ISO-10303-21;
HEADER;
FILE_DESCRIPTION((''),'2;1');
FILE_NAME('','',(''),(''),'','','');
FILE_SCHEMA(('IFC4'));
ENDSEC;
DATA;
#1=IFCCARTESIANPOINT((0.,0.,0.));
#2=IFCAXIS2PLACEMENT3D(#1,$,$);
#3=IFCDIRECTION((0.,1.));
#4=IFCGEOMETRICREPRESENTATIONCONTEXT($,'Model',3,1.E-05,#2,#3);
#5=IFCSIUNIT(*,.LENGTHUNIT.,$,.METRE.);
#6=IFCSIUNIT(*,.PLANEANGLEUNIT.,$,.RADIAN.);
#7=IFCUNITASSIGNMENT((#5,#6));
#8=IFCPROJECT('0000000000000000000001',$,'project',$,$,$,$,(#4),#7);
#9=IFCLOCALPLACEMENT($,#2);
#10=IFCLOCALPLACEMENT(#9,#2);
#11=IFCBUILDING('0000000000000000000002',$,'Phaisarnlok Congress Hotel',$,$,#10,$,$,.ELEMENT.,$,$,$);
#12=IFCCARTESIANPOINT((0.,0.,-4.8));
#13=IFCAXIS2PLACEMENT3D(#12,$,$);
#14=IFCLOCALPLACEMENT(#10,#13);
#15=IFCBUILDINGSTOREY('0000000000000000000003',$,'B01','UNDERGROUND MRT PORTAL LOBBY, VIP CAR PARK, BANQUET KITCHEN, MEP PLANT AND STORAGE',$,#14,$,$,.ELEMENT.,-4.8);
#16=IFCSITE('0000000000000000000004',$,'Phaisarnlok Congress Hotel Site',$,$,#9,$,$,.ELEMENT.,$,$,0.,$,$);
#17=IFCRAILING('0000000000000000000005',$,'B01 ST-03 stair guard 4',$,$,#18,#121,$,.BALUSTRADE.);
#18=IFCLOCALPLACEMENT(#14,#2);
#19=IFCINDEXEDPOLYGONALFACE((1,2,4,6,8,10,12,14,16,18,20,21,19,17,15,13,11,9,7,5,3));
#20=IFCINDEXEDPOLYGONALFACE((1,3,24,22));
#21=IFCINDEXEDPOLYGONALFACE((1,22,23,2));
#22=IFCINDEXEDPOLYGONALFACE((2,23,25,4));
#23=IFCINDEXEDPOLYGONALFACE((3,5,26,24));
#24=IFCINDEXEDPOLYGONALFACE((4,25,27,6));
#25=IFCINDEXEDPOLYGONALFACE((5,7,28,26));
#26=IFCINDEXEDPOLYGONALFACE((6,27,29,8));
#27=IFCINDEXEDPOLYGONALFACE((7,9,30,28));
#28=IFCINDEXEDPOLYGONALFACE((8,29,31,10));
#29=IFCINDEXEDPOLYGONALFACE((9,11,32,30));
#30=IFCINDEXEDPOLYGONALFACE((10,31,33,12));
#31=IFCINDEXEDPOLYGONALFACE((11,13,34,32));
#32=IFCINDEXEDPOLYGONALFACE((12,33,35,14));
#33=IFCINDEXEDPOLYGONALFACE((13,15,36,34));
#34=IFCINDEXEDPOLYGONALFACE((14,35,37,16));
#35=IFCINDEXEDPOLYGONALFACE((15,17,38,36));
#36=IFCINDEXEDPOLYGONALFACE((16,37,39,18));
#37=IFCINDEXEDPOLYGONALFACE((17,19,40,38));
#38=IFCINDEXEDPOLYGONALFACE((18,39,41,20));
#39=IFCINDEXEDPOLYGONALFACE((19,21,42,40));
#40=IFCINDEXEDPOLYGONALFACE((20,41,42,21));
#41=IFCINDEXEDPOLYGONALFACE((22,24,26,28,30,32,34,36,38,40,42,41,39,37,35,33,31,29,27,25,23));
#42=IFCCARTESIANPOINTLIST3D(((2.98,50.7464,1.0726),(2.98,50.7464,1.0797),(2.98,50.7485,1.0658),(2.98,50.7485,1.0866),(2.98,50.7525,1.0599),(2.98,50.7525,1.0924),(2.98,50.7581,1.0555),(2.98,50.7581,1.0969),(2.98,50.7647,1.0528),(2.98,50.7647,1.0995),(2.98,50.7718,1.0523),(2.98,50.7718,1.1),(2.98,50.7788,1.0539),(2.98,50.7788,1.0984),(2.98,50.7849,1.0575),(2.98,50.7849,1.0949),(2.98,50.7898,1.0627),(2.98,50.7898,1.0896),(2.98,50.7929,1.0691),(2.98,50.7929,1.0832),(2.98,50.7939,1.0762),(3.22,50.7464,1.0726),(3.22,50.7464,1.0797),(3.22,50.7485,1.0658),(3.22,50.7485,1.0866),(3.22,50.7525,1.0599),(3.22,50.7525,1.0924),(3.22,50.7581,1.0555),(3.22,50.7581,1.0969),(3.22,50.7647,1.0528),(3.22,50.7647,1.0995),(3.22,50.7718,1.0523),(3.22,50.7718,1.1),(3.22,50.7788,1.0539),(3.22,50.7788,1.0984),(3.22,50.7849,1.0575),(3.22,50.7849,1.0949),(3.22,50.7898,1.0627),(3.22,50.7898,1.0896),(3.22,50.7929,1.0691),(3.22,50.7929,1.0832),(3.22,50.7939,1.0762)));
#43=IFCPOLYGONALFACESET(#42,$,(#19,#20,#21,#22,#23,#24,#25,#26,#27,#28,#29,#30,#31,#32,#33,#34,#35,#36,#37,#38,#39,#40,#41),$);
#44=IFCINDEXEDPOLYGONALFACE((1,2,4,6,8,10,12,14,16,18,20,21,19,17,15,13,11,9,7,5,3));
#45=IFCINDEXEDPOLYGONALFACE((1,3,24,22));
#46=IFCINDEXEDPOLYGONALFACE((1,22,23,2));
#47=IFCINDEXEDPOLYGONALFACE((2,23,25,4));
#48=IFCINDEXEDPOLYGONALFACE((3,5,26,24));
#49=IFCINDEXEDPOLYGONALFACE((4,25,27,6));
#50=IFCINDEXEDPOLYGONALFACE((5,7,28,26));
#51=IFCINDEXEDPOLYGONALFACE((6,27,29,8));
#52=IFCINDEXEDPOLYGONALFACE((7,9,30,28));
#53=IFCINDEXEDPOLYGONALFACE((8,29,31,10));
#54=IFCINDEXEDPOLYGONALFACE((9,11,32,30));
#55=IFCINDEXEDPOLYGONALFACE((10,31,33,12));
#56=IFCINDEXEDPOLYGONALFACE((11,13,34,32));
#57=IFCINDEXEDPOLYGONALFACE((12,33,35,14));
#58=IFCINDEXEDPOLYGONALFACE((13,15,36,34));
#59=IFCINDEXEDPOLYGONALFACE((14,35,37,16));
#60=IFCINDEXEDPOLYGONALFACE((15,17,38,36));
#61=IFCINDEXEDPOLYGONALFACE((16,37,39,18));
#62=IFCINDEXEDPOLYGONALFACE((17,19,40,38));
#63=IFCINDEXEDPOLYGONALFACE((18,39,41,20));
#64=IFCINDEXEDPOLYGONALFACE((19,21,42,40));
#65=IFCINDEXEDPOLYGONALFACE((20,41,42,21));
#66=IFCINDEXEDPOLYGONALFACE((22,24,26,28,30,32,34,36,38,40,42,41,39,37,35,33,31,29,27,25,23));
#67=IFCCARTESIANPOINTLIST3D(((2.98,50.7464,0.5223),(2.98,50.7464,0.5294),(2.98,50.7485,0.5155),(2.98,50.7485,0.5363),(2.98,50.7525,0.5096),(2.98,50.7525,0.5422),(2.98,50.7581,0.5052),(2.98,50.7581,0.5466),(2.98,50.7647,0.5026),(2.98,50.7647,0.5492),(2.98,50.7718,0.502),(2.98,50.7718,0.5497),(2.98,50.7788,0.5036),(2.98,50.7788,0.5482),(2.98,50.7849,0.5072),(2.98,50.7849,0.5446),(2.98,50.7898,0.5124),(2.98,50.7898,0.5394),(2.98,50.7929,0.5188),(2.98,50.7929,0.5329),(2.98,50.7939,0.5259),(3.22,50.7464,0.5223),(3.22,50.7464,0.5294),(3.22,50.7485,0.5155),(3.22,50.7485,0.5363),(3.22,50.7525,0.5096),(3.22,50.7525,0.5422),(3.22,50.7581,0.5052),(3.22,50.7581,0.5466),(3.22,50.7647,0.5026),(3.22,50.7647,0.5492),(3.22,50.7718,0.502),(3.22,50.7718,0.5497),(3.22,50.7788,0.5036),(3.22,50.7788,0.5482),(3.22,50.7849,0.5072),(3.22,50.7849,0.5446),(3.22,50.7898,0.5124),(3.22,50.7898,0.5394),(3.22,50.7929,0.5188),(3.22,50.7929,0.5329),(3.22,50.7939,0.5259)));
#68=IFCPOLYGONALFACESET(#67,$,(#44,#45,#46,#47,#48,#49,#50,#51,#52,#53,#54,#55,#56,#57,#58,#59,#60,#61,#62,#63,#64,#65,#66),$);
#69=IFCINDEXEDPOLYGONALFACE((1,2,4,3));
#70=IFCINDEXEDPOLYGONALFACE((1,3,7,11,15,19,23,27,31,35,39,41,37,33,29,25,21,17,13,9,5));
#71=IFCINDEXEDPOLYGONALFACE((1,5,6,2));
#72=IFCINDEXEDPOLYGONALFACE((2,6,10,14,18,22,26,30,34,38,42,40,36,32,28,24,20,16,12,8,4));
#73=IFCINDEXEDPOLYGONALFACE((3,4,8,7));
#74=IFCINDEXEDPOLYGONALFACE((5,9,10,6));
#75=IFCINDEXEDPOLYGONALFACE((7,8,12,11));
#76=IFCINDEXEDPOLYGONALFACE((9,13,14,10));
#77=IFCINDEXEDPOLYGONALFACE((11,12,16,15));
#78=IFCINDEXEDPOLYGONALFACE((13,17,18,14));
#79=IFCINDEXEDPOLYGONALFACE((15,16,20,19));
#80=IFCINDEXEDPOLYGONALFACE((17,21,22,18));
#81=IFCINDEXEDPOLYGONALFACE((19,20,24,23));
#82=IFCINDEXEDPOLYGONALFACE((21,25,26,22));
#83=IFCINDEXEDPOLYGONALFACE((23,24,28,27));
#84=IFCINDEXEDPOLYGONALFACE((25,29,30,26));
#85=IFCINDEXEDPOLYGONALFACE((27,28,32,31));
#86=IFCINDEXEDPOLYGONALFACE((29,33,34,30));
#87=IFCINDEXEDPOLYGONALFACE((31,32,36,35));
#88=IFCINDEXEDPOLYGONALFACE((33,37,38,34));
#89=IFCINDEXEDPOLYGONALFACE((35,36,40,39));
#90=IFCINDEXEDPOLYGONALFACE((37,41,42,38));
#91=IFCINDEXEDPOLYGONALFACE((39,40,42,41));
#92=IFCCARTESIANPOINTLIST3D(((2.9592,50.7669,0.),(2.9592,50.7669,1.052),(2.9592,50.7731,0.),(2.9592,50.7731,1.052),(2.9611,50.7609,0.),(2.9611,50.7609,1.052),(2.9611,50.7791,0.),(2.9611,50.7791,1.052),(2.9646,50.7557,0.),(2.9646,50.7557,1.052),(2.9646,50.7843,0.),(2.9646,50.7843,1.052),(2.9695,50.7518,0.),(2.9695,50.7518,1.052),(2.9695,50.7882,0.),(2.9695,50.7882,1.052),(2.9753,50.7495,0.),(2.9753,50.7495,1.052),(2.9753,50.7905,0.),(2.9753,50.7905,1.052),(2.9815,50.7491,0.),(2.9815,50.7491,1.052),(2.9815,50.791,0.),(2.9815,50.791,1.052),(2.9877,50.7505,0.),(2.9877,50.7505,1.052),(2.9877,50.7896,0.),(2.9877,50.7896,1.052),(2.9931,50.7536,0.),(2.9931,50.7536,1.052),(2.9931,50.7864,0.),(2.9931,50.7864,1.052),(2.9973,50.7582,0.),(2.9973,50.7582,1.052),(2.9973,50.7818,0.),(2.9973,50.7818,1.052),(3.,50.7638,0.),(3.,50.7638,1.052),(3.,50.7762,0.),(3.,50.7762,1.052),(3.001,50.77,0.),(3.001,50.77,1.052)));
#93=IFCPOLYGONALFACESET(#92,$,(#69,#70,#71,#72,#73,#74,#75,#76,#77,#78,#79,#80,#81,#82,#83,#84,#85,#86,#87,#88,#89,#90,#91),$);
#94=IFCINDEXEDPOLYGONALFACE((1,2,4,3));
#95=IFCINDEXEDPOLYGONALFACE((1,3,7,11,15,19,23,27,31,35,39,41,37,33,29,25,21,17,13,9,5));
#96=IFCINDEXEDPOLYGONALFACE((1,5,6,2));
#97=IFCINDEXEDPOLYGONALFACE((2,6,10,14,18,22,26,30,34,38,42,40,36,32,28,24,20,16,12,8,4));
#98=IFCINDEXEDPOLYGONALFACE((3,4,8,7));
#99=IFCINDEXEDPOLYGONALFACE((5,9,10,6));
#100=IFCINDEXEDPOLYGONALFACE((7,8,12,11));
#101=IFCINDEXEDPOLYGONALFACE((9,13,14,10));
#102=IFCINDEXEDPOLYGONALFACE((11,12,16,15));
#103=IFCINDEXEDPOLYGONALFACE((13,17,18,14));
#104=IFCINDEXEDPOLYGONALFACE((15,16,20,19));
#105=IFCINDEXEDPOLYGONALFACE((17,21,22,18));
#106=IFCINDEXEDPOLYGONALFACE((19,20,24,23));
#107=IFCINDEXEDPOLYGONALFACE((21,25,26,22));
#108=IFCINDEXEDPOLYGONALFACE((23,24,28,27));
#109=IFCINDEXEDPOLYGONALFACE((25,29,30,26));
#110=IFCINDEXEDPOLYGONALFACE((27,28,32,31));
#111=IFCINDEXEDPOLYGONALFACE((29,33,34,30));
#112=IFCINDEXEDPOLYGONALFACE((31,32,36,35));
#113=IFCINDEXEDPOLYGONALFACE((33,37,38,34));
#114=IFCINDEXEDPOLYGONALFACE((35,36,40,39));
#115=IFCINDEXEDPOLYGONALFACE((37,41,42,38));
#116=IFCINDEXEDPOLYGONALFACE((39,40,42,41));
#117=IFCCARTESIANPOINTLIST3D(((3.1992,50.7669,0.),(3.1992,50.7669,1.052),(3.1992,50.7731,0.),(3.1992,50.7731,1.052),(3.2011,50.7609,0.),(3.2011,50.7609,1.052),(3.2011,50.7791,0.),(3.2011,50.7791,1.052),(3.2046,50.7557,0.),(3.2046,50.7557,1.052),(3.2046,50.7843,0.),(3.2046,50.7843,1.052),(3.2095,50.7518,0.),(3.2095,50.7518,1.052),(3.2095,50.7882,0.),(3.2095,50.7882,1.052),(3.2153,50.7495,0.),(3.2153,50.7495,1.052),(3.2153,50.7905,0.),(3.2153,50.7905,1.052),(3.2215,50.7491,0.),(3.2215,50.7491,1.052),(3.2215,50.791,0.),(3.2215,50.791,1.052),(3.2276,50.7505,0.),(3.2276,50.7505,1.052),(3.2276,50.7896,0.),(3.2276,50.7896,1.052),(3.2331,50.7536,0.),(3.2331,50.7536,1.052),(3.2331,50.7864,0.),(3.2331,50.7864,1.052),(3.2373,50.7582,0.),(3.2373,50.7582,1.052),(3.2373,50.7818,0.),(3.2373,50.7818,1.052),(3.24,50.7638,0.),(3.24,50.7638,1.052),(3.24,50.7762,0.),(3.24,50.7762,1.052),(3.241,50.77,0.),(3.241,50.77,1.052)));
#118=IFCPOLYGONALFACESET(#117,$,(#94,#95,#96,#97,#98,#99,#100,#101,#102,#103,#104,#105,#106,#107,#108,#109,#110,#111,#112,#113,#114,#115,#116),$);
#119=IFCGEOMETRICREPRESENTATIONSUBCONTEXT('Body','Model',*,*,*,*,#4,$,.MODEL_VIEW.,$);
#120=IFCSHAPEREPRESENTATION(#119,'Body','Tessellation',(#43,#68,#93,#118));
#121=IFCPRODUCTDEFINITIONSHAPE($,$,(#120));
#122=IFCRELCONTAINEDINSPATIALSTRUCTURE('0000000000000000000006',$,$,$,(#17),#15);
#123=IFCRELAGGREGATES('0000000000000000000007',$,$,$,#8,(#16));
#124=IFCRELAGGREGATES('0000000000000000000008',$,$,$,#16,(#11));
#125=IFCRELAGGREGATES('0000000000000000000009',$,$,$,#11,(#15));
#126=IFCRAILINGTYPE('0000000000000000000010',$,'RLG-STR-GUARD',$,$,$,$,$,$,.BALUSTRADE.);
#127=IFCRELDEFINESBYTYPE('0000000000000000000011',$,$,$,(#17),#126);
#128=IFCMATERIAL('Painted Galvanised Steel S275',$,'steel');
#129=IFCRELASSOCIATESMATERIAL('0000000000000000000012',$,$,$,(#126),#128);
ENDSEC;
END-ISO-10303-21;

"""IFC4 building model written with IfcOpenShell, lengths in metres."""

from ifc_helpers import new_model, si_unit, direction, frame, origin, origin_2d, place, context, subcontext, project, spatial, circle, extrude, material, type_object, element, save


model = new_model("IFC4")

# Units and contexts
model_context = context("Model", 3, precision=1e-05, world=origin(), true_north=direction((0.0, 1.0)))
body_context = subcontext(model_context, "Body", "Model", "MODEL_VIEW")
ifc_project = project(units=[si_unit("LENGTHUNIT", "METRE"), si_unit("PLANEANGLEUNIT", "RADIAN")], contexts=[model_context])

# Site, building, storey
site_placement = place(None, origin())
site = spatial("IfcSite", under=ifc_project, at=site_placement, Name="Phaisarnlok Congress Hotel Site", CompositionType="ELEMENT", RefElevation=0.0)
building_placement = place(site_placement, origin())
building = spatial("IfcBuilding", under=site, at=building_placement, Name="Phaisarnlok Congress Hotel", CompositionType="ELEMENT")
storey_placement = place(building_placement, frame((0.0, 0.0, -4.8)))
storey = spatial("IfcBuildingStorey", under=building, at=storey_placement, Name="B01", Description="UNDERGROUND MRT PORTAL LOBBY, VIP CAR PARK, BANQUET KITCHEN, MEP PLANT AND STORAGE", CompositionType="ELEMENT", Elevation=-4.8)

# Railing
ifc_material_1 = material(Name="Painted Galvanised Steel S275", Category="steel")
railing_type_1 = type_object("IfcRailingType", Name="RLG-STR-GUARD", PredefinedType="BALUSTRADE", material=ifc_material_1)
railing_1_placement = place(storey_placement, frame((2.98, 50.77, 0.0)))
element("IfcRailing", 1, at=railing_1_placement, inside=storey, type_object=railing_type_1, Name="B01 ST-03 stair guard 4", PredefinedType="BALUSTRADE", context=body_context, shape_type="SweptSolid", body=[
    extrude(circle(Radius=0.0239, at=origin_2d()), frame((0.0, 0.0, 1.0762), z_axis=(1.0, 0.0, 0.0), x_axis=(0.0, 1.0, 0.0)), (0.0, 0.0, 1.0), 0.24),
    extrude(circle(Radius=0.0239, at=origin_2d()), frame((0.0, 0.0, 0.5259), z_axis=(1.0, 0.0, 0.0), x_axis=(0.0, 1.0, 0.0)), (0.0, 0.0, 1.0), 0.24),
    extrude(circle(Radius=0.021, at=origin_2d()), origin(), (0.0, 0.0, 1.0), 1.052),
    extrude(circle(Radius=0.021, at=origin_2d()), frame((0.24, 0.0, 0.0)), (0.0, 0.0, 1.0), 1.052),
])

save(model, "model.ifc")
